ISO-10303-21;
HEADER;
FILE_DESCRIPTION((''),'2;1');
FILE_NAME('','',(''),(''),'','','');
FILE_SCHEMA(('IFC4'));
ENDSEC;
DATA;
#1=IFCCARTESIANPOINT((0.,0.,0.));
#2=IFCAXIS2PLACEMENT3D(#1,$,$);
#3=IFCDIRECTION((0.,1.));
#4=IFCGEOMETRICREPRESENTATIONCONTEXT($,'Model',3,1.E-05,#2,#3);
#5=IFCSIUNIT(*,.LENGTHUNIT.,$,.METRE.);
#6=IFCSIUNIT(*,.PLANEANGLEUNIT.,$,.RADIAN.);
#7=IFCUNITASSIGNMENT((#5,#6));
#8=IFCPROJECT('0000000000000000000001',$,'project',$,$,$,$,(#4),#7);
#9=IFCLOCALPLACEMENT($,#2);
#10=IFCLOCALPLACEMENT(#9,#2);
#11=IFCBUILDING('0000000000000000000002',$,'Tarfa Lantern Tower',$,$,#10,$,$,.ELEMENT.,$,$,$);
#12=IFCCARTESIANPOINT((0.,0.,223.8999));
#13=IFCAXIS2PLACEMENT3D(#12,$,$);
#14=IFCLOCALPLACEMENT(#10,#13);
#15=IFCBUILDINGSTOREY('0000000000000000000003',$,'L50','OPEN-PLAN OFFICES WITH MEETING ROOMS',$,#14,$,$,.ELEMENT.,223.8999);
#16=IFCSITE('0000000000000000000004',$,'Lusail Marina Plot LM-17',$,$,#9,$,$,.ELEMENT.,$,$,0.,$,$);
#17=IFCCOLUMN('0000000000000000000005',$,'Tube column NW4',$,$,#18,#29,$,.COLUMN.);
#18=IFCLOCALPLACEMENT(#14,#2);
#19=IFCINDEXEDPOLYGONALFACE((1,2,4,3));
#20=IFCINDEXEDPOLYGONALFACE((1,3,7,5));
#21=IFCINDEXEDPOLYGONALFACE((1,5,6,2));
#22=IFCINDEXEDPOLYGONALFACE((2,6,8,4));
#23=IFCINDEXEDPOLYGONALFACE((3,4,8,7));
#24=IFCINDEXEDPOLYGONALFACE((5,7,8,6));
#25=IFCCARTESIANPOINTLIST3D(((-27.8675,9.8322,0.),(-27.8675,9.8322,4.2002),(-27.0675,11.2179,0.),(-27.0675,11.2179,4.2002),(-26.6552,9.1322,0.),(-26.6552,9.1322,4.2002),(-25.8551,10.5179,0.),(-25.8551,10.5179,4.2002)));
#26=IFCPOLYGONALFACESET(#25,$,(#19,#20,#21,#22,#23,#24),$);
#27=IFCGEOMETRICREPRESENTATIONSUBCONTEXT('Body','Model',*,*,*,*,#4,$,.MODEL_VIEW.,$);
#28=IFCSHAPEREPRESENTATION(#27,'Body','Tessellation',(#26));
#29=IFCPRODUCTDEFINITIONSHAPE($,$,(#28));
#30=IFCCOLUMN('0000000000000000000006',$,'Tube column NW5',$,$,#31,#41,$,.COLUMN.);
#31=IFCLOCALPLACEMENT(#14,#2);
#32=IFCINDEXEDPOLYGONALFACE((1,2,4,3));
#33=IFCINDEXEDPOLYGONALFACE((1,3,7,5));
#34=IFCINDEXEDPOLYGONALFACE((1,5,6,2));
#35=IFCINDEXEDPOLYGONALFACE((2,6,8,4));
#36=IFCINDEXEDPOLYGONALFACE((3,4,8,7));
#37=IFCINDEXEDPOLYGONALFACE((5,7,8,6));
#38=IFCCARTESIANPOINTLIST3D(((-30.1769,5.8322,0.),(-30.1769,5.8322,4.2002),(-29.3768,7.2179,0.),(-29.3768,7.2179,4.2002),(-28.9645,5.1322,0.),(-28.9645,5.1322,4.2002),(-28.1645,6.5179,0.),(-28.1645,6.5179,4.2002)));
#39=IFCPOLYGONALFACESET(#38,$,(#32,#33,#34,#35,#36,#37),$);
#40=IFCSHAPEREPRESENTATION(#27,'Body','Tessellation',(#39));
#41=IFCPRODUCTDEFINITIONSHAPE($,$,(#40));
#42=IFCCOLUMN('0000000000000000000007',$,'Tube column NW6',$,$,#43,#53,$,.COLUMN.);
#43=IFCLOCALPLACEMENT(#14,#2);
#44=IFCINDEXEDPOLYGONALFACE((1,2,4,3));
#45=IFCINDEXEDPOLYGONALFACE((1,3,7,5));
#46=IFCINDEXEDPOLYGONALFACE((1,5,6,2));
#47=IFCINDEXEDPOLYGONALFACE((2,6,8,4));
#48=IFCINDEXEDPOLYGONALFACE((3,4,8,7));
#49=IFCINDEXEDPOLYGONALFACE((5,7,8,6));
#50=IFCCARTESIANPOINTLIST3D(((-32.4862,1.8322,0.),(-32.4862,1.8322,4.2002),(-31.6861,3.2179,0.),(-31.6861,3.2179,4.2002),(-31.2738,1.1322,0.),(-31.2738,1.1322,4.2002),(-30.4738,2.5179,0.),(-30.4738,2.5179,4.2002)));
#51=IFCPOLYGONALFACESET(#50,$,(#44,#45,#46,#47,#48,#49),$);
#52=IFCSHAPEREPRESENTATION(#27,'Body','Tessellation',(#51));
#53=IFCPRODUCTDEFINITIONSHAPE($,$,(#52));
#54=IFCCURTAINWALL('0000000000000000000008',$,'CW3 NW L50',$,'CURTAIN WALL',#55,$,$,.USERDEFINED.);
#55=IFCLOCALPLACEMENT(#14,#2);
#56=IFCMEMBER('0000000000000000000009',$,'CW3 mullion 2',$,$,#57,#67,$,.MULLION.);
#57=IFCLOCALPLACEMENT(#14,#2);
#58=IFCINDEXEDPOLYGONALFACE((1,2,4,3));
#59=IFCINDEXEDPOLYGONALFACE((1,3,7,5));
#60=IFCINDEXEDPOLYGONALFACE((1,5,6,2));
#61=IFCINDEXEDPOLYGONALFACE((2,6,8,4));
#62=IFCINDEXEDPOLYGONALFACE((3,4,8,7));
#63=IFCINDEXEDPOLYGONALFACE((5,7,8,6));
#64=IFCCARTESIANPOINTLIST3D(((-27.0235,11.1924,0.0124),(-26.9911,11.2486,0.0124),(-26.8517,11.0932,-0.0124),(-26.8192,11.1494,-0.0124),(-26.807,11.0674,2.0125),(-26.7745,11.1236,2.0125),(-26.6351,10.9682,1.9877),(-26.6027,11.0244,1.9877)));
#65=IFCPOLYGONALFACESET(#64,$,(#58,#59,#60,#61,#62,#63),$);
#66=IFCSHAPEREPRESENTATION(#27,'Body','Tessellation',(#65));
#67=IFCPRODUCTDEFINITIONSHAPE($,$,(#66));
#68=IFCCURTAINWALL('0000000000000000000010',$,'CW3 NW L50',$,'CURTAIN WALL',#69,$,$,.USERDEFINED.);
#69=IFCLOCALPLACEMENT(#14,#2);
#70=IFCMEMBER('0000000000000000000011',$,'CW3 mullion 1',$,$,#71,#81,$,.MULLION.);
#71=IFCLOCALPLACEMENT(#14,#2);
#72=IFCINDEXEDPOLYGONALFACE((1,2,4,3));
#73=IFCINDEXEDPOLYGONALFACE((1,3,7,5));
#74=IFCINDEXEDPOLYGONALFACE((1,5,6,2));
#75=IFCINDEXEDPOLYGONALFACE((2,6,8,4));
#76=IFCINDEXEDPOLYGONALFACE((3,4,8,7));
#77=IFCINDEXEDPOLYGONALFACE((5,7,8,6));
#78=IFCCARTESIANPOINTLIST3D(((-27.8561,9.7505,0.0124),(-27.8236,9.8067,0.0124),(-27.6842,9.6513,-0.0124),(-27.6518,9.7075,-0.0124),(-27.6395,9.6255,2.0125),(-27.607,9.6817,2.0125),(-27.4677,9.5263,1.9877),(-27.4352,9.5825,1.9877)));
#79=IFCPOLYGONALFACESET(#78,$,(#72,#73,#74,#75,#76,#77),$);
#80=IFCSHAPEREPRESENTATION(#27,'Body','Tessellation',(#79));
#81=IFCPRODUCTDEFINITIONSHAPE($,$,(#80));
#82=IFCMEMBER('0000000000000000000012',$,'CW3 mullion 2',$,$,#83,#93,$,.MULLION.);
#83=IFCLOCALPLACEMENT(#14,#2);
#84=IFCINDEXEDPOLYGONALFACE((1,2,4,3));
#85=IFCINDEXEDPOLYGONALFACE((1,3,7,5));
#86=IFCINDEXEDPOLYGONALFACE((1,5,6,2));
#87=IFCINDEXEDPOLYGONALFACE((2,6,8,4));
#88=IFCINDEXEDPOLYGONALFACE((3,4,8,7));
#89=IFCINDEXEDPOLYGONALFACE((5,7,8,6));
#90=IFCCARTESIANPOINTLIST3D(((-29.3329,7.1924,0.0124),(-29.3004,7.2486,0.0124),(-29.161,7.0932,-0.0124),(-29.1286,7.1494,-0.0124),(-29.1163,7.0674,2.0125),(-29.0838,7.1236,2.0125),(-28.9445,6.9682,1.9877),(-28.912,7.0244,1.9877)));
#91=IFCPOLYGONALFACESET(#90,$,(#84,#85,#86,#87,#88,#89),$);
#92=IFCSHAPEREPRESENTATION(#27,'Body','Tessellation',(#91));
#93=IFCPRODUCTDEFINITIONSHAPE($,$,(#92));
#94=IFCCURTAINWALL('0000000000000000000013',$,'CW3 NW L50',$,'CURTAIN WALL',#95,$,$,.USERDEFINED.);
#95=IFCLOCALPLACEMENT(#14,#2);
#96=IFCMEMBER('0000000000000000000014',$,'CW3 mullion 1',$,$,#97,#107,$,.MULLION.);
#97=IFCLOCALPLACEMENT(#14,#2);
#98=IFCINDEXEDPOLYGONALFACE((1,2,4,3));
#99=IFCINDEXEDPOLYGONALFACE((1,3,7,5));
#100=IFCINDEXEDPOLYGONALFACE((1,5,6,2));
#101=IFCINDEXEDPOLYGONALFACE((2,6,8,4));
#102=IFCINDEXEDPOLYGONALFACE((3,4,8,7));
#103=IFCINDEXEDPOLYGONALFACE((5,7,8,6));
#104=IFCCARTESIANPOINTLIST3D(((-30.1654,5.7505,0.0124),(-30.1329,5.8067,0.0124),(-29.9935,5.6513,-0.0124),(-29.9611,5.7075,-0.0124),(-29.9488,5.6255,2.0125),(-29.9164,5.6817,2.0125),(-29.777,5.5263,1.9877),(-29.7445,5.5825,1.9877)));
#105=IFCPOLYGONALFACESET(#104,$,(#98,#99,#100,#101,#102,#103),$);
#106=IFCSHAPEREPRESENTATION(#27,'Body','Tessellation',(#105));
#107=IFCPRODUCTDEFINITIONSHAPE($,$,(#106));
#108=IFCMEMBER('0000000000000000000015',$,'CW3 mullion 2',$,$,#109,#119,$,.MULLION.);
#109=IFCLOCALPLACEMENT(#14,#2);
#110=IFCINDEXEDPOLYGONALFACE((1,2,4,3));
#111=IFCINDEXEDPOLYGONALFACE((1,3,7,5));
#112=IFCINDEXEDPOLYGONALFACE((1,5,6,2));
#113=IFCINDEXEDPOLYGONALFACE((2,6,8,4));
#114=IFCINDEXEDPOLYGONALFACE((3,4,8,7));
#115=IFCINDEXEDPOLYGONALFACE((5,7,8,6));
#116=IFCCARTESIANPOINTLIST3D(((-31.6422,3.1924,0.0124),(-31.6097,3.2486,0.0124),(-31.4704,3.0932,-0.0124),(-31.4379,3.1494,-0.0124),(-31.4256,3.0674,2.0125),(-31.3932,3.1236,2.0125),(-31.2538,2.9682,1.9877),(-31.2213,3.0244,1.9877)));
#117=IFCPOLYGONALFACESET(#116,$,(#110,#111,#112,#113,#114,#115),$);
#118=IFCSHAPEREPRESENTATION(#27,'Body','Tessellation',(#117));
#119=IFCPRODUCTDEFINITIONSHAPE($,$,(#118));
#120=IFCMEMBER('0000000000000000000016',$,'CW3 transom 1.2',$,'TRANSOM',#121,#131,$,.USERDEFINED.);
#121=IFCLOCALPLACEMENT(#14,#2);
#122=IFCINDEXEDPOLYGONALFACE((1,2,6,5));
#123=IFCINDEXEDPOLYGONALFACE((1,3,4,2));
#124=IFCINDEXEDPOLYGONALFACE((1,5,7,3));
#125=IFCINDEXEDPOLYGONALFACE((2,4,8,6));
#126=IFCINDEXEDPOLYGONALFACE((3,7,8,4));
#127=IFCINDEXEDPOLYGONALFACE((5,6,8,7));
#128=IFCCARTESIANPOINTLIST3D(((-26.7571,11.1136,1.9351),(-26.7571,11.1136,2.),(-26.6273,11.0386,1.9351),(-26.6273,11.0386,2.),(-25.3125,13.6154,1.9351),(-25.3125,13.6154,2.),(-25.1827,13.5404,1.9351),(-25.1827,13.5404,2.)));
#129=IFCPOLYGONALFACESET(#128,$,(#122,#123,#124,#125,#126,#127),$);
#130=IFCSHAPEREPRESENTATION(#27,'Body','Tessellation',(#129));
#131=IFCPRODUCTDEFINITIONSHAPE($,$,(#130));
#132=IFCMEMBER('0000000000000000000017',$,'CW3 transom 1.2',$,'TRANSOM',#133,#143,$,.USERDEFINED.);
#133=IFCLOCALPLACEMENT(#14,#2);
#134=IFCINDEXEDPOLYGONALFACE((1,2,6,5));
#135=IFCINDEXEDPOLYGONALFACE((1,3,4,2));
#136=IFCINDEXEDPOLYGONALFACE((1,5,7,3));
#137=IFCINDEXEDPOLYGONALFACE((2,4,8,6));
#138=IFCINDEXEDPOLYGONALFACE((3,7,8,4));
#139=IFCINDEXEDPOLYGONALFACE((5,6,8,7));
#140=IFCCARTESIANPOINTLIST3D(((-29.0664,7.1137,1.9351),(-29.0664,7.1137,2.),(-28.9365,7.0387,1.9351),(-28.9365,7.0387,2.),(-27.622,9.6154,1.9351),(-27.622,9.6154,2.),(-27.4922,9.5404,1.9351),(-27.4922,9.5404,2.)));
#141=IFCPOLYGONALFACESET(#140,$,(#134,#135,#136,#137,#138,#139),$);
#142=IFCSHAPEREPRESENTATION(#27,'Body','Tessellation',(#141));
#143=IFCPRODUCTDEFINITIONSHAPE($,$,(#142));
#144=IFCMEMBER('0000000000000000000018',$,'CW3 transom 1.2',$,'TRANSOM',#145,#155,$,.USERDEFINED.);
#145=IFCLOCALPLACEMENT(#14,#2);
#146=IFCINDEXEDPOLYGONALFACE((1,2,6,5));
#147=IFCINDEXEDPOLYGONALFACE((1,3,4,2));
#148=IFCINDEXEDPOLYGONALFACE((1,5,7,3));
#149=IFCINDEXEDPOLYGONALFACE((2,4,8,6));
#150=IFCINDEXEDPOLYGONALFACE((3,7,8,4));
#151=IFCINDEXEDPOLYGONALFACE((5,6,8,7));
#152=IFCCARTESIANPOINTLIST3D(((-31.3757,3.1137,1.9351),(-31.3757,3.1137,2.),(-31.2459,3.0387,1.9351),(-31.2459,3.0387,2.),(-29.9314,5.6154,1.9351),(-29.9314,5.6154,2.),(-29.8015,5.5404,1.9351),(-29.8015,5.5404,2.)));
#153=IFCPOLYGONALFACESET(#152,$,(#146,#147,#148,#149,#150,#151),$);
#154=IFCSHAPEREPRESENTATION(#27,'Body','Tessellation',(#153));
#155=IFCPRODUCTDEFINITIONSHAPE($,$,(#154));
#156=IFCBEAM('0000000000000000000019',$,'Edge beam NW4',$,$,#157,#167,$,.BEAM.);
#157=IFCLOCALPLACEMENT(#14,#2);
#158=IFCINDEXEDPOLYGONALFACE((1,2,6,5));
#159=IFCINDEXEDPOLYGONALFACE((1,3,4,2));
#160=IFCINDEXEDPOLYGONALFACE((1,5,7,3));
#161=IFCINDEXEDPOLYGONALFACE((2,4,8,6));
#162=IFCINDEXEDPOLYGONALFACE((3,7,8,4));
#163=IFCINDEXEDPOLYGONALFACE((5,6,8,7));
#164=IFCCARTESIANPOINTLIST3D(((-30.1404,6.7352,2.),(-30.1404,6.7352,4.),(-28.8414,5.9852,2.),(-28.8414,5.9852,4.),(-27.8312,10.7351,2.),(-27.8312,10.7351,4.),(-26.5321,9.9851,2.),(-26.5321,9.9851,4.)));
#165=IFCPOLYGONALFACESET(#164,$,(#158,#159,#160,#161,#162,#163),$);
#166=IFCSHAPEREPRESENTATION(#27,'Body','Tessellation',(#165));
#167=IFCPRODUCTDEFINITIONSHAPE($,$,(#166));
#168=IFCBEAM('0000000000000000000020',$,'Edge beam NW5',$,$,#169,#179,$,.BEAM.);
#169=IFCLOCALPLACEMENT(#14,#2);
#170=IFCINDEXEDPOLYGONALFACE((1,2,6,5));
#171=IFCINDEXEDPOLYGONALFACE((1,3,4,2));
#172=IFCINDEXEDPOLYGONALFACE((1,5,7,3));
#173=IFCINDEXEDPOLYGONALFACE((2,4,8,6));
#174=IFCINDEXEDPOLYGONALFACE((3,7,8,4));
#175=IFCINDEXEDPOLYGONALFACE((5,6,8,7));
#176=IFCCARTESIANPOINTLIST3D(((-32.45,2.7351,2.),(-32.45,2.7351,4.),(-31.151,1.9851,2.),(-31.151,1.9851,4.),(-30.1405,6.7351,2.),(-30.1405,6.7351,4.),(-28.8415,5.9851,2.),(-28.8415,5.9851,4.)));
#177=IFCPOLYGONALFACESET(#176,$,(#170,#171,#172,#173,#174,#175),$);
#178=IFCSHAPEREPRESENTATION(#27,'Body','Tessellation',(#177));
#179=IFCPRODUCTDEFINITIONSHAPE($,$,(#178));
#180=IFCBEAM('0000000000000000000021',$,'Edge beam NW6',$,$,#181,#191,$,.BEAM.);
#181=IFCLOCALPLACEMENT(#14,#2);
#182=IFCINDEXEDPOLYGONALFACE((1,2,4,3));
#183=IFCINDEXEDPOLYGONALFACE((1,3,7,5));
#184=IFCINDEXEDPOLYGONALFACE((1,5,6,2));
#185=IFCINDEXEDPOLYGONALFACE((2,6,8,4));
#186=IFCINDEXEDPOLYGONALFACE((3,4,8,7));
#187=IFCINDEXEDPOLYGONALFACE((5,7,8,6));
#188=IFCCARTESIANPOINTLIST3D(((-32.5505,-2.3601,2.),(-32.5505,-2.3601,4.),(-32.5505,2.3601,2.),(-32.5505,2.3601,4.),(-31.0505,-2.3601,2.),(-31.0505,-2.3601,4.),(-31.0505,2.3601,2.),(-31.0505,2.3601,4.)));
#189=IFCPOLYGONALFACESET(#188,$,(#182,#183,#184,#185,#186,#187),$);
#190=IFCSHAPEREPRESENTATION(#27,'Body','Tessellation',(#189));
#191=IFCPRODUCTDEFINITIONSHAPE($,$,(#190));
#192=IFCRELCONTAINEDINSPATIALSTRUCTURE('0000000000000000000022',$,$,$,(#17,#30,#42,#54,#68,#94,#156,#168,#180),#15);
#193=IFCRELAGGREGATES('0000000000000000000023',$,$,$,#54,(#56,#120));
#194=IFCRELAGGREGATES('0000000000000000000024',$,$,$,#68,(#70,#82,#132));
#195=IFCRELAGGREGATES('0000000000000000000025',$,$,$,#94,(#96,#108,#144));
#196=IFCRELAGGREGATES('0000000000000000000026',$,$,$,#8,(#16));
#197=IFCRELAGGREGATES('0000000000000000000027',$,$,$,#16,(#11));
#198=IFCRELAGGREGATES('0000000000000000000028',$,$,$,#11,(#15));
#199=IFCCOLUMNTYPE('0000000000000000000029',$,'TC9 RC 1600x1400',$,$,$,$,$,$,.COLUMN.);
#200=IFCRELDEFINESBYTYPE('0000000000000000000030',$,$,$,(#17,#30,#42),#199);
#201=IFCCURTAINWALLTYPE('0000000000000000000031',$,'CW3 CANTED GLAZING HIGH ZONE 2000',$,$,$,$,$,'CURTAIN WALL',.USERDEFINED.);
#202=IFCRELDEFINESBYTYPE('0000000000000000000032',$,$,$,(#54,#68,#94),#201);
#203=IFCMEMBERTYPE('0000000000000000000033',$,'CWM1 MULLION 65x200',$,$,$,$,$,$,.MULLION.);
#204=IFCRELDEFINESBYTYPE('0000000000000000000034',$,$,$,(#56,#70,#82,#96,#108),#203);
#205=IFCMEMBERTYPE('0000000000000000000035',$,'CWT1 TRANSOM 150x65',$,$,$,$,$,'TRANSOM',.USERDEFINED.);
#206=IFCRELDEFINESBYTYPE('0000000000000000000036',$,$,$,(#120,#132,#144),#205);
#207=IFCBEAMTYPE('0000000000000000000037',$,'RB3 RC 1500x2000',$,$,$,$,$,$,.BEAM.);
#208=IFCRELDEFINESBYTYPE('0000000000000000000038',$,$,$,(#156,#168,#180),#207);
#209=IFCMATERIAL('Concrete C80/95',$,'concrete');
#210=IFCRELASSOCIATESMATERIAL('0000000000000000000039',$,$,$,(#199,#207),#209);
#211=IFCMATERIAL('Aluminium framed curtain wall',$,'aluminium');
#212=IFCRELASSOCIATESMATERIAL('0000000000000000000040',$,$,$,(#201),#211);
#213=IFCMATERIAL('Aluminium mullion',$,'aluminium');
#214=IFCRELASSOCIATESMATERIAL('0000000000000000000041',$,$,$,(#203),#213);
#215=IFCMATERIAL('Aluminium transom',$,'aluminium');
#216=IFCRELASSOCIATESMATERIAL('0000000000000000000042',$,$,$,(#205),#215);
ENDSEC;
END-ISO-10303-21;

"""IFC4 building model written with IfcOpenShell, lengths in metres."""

from ifc_helpers import new_model, si_unit, direction, frame, origin, origin_2d, place, context, subcontext, project, spatial, rectangle, extrude, material, material_profile, profile_set, type_object, element, aggregate, save


model = new_model("IFC4")

# Units and contexts
model_context = context("Model", 3, precision=1e-05, world=origin(), true_north=direction((0.0, 1.0)))
body_context = subcontext(model_context, "Body", "Model", "MODEL_VIEW")
ifc_project = project(units=[si_unit("LENGTHUNIT", "METRE"), si_unit("PLANEANGLEUNIT", "RADIAN")], contexts=[model_context])

# Site, building, storey
site_placement = place(None, origin())
site = spatial("IfcSite", under=ifc_project, at=site_placement, Name="Lusail Marina Plot LM-17", CompositionType="ELEMENT", RefElevation=0.0)
building_placement = place(site_placement, origin())
building = spatial("IfcBuilding", under=site, at=building_placement, Name="Tarfa Lantern Tower", CompositionType="ELEMENT")
storey_placement = place(building_placement, frame((0.0, 0.0, 223.8999)))
storey = spatial("IfcBuildingStorey", under=building, at=storey_placement, Name="L50", Description="OPEN-PLAN OFFICES WITH MEETING ROOMS", CompositionType="ELEMENT", Elevation=223.8999)

# Columns
ifc_material_1 = material(Name="Concrete C80/95", Category="concrete")
ifc_material_profile_1 = material_profile(ifc_material_1, rectangle(XDim=1.6001, YDim=1.3999, at=origin_2d()), Name="RC 1600x1400")
ifc_profile_set_1 = profile_set([ifc_material_profile_1], Name="Concrete C80/95")
column_type = type_object("IfcColumnType", Name="TC9 RC 1600x1400", PredefinedType="COLUMN", material=ifc_profile_set_1)
for number, where, z_axis, x_axis, name in (
    (1, (-26.8613, 10.175, 0.0), (0.0, 0.0, 1.0), (-0.5, -0.866025, 0.0), "Tube column NW4"),
    (2, (-29.1707, 6.175, 0.0), (0.0, 0.0, 1.0), (-0.5, -0.866025, 0.0), "Tube column NW5"),
    (3, (-31.48, 2.175, 0.0), (0.0, 0.0, 1.0), (-0.5, -0.866025, 0.0), "Tube column NW6"),
):
    element("IfcColumn", number, at=place(storey_placement, frame(where, z_axis=z_axis, x_axis=x_axis)), inside=storey, type_object=column_type, Name=name, PredefinedType="COLUMN", context=body_context, shape_type="SweptSolid", body=[
        extrude(rectangle(XDim=1.6001, YDim=1.3999, at=origin_2d()), origin(), (0.0, 0.0, 1.0), 4.2002),
    ])

# Curtain wall, member
ifc_material_2 = material(Name="Aluminium framed curtain wall", Category="aluminium")
curtain_wall_type = type_object("IfcCurtainWallType", Name="CW3 CANTED GLAZING HIGH ZONE 2000", ElementType="CURTAIN WALL", PredefinedType="USERDEFINED", material=ifc_material_2)
curtain_wall_1_placement = place(storey_placement, origin())
curtain_wall_1 = element("IfcCurtainWall", 4, at=curtain_wall_1_placement, inside=storey, type_object=curtain_wall_type, Name="CW3 NW L50", ObjectType="CURTAIN WALL", PredefinedType="USERDEFINED")
ifc_material_3 = material(Name="Aluminium mullion", Category="aluminium")
ifc_material_profile_2 = material_profile(ifc_material_3, rectangle(XDim=0.0649, YDim=0.2, at=origin_2d()), Name="AL MULLION 65x200")
ifc_profile_set_2 = profile_set([ifc_material_profile_2], Name="Aluminium mullion")
member_type_1 = type_object("IfcMemberType", Name="CWM1 MULLION 65x200", PredefinedType="MULLION", material=ifc_profile_set_2)
member_1_placement = place(storey_placement, frame((-26.9214, 11.1709, 0.0), z_axis=(0.10744, -0.062017, 0.992275), x_axis=(0.49992, 0.866072, 0.0)))
member_1 = element("IfcMember", 5, at=member_1_placement, type_object=member_type_1, Name="CW3 mullion 2", PredefinedType="MULLION", context=body_context, shape_type="SweptSolid", body=[
    extrude(rectangle(XDim=0.0649, YDim=0.2, at=origin_2d()), origin(), (0.0, 0.0, 1.0), 2.0156),
])

# Curtain walls, members
curtain_wall_2_placement = place(storey_placement, origin())
curtain_wall_2 = element("IfcCurtainWall", 6, at=curtain_wall_2_placement, inside=storey, type_object=curtain_wall_type, Name="CW3 NW L50", ObjectType="CURTAIN WALL", PredefinedType="USERDEFINED")
member_2_placement = place(storey_placement, frame((-27.7539, 9.729, 0.0), z_axis=(0.10744, -0.062017, 0.992275), x_axis=(0.49992, 0.866072, 0.0)))
member_2 = element("IfcMember", 7, at=member_2_placement, type_object=member_type_1, Name="CW3 mullion 1", PredefinedType="MULLION", context=body_context, shape_type="SweptSolid", body=[
    extrude(rectangle(XDim=0.0649, YDim=0.2, at=origin_2d()), origin(), (0.0, 0.0, 1.0), 2.0156),
])
member_3_placement = place(storey_placement, frame((-29.2307, 7.1709, 0.0), z_axis=(0.10744, -0.062017, 0.992275), x_axis=(0.49992, 0.866072, 0.0)))
member_3 = element("IfcMember", 8, at=member_3_placement, type_object=member_type_1, Name="CW3 mullion 2", PredefinedType="MULLION", context=body_context, shape_type="SweptSolid", body=[
    extrude(rectangle(XDim=0.0649, YDim=0.2, at=origin_2d()), origin(), (0.0, 0.0, 1.0), 2.0156),
])
curtain_wall_3_placement = place(storey_placement, origin())
curtain_wall_3 = element("IfcCurtainWall", 9, at=curtain_wall_3_placement, inside=storey, type_object=curtain_wall_type, Name="CW3 NW L50", ObjectType="CURTAIN WALL", PredefinedType="USERDEFINED")
member_4_placement = place(storey_placement, frame((-30.0632, 5.729, 0.0), z_axis=(0.10744, -0.062017, 0.992275), x_axis=(0.49992, 0.866072, 0.0)))
member_4 = element("IfcMember", 10, at=member_4_placement, type_object=member_type_1, Name="CW3 mullion 1", PredefinedType="MULLION", context=body_context, shape_type="SweptSolid", body=[
    extrude(rectangle(XDim=0.0649, YDim=0.2, at=origin_2d()), origin(), (0.0, 0.0, 1.0), 2.0156),
])
member_5_placement = place(storey_placement, frame((-31.54, 3.1709, 0.0), z_axis=(0.10744, -0.062017, 0.992275), x_axis=(0.49992, 0.866072, 0.0)))
member_5 = element("IfcMember", 11, at=member_5_placement, type_object=member_type_1, Name="CW3 mullion 2", PredefinedType="MULLION", context=body_context, shape_type="SweptSolid", body=[
    extrude(rectangle(XDim=0.0649, YDim=0.2, at=origin_2d()), origin(), (0.0, 0.0, 1.0), 2.0156),
])

# Members
ifc_material_4 = material(Name="Aluminium transom", Category="aluminium")
ifc_material_profile_3 = material_profile(ifc_material_4, rectangle(XDim=0.1499, YDim=0.0649, at=origin_2d()), Name="AL TRANSOM 150x65")
ifc_profile_set_3 = profile_set([ifc_material_profile_3], Name="Aluminium transom")
member_type_2 = type_object("IfcMemberType", Name="CWT1 TRANSOM 150x65", ElementType="TRANSOM", PredefinedType="USERDEFINED", material=ifc_profile_set_3)
member_6_placement = place(storey_placement, frame((-25.2476, 13.5779, 1.9675), z_axis=(-0.500057, -0.865993, 0.0), x_axis=(0.865993, -0.500057, 0.0)))
member_6 = element("IfcMember", 12, at=member_6_placement, type_object=member_type_2, Name="CW3 transom 1.2", ObjectType="TRANSOM", PredefinedType="USERDEFINED", context=body_context, shape_type="SweptSolid", body=[
    extrude(rectangle(XDim=0.1499, YDim=0.0649, at=origin_2d()), origin(), (0.0, 0.0, 1.0), 2.8889),
])
member_7_placement = place(storey_placement, frame((-27.5571, 9.5779, 1.9675), z_axis=(-0.499993, -0.866029, 0.0), x_axis=(0.866029, -0.499993, 0.0)))
member_7 = element("IfcMember", 13, at=member_7_placement, type_object=member_type_2, Name="CW3 transom 1.2", ObjectType="TRANSOM", PredefinedType="USERDEFINED", context=body_context, shape_type="SweptSolid", body=[
    extrude(rectangle(XDim=0.1499, YDim=0.0649, at=origin_2d()), origin(), (0.0, 0.0, 1.0), 2.8887),
])
member_8_placement = place(storey_placement, frame((-29.8665, 5.5779, 1.9675), z_axis=(-0.499993, -0.866029, 0.0), x_axis=(0.866029, -0.499993, 0.0)))
member_8 = element("IfcMember", 14, at=member_8_placement, type_object=member_type_2, Name="CW3 transom 1.2", ObjectType="TRANSOM", PredefinedType="USERDEFINED", context=body_context, shape_type="SweptSolid", body=[
    extrude(rectangle(XDim=0.1499, YDim=0.0649, at=origin_2d()), origin(), (0.0, 0.0, 1.0), 2.8887),
])

# Beams
ifc_material_profile_4 = material_profile(ifc_material_1, rectangle(XDim=1.5, YDim=2.0, at=origin_2d()), Name="RC 1500x2000")
ifc_profile_set_4 = profile_set([ifc_material_profile_4], Name="Concrete C80/95")
beam_type_1 = type_object("IfcBeamType", Name="RB3 RC 1500x2000", PredefinedType="BEAM", material=ifc_profile_set_4)
beam_1_placement = place(storey_placement, frame((-27.1816, 10.3601, 3.0), z_axis=(-0.499988, -0.866032, 0.0), x_axis=(0.866032, -0.499988, 0.0)))
element("IfcBeam", 15, at=beam_1_placement, inside=storey, type_object=beam_type_1, Name="Edge beam NW4", PredefinedType="BEAM", context=body_context, shape_type="SweptSolid", body=[
    extrude(rectangle(XDim=1.5, YDim=2.0, at=origin_2d()), origin(), (0.0, 0.0, 1.0), 4.6187),
])
beam_2_placement = place(storey_placement, frame((-29.491, 6.3601, 3.0), z_axis=(-0.500027, -0.86601, 0.0), x_axis=(0.86601, -0.500027, 0.0)))
element("IfcBeam", 16, at=beam_2_placement, inside=storey, type_object=beam_type_1, Name="Edge beam NW5", PredefinedType="BEAM", context=body_context, shape_type="SweptSolid", body=[
    extrude(rectangle(XDim=1.5, YDim=2.0, at=origin_2d()), origin(), (0.0, 0.0, 1.0), 4.6189),
])
beam_3_placement = place(storey_placement, frame((-31.8005, 2.3601, 3.0), z_axis=(0.0, -1.0, 0.0), x_axis=(1.0, 0.0, 0.0)))
element("IfcBeam", 17, at=beam_3_placement, inside=storey, type_object=beam_type_1, Name="Edge beam NW6", PredefinedType="BEAM", context=body_context, shape_type="SweptSolid", body=[
    extrude(rectangle(XDim=1.5, YDim=2.0, at=origin_2d()), origin(), (0.0, 0.0, 1.0), 4.7202),
])

aggregate(curtain_wall_1, [member_1, member_6])
aggregate(curtain_wall_2, [member_2, member_3, member_7])
aggregate(curtain_wall_3, [member_4, member_5, member_8])

save(model, "model.ifc")
